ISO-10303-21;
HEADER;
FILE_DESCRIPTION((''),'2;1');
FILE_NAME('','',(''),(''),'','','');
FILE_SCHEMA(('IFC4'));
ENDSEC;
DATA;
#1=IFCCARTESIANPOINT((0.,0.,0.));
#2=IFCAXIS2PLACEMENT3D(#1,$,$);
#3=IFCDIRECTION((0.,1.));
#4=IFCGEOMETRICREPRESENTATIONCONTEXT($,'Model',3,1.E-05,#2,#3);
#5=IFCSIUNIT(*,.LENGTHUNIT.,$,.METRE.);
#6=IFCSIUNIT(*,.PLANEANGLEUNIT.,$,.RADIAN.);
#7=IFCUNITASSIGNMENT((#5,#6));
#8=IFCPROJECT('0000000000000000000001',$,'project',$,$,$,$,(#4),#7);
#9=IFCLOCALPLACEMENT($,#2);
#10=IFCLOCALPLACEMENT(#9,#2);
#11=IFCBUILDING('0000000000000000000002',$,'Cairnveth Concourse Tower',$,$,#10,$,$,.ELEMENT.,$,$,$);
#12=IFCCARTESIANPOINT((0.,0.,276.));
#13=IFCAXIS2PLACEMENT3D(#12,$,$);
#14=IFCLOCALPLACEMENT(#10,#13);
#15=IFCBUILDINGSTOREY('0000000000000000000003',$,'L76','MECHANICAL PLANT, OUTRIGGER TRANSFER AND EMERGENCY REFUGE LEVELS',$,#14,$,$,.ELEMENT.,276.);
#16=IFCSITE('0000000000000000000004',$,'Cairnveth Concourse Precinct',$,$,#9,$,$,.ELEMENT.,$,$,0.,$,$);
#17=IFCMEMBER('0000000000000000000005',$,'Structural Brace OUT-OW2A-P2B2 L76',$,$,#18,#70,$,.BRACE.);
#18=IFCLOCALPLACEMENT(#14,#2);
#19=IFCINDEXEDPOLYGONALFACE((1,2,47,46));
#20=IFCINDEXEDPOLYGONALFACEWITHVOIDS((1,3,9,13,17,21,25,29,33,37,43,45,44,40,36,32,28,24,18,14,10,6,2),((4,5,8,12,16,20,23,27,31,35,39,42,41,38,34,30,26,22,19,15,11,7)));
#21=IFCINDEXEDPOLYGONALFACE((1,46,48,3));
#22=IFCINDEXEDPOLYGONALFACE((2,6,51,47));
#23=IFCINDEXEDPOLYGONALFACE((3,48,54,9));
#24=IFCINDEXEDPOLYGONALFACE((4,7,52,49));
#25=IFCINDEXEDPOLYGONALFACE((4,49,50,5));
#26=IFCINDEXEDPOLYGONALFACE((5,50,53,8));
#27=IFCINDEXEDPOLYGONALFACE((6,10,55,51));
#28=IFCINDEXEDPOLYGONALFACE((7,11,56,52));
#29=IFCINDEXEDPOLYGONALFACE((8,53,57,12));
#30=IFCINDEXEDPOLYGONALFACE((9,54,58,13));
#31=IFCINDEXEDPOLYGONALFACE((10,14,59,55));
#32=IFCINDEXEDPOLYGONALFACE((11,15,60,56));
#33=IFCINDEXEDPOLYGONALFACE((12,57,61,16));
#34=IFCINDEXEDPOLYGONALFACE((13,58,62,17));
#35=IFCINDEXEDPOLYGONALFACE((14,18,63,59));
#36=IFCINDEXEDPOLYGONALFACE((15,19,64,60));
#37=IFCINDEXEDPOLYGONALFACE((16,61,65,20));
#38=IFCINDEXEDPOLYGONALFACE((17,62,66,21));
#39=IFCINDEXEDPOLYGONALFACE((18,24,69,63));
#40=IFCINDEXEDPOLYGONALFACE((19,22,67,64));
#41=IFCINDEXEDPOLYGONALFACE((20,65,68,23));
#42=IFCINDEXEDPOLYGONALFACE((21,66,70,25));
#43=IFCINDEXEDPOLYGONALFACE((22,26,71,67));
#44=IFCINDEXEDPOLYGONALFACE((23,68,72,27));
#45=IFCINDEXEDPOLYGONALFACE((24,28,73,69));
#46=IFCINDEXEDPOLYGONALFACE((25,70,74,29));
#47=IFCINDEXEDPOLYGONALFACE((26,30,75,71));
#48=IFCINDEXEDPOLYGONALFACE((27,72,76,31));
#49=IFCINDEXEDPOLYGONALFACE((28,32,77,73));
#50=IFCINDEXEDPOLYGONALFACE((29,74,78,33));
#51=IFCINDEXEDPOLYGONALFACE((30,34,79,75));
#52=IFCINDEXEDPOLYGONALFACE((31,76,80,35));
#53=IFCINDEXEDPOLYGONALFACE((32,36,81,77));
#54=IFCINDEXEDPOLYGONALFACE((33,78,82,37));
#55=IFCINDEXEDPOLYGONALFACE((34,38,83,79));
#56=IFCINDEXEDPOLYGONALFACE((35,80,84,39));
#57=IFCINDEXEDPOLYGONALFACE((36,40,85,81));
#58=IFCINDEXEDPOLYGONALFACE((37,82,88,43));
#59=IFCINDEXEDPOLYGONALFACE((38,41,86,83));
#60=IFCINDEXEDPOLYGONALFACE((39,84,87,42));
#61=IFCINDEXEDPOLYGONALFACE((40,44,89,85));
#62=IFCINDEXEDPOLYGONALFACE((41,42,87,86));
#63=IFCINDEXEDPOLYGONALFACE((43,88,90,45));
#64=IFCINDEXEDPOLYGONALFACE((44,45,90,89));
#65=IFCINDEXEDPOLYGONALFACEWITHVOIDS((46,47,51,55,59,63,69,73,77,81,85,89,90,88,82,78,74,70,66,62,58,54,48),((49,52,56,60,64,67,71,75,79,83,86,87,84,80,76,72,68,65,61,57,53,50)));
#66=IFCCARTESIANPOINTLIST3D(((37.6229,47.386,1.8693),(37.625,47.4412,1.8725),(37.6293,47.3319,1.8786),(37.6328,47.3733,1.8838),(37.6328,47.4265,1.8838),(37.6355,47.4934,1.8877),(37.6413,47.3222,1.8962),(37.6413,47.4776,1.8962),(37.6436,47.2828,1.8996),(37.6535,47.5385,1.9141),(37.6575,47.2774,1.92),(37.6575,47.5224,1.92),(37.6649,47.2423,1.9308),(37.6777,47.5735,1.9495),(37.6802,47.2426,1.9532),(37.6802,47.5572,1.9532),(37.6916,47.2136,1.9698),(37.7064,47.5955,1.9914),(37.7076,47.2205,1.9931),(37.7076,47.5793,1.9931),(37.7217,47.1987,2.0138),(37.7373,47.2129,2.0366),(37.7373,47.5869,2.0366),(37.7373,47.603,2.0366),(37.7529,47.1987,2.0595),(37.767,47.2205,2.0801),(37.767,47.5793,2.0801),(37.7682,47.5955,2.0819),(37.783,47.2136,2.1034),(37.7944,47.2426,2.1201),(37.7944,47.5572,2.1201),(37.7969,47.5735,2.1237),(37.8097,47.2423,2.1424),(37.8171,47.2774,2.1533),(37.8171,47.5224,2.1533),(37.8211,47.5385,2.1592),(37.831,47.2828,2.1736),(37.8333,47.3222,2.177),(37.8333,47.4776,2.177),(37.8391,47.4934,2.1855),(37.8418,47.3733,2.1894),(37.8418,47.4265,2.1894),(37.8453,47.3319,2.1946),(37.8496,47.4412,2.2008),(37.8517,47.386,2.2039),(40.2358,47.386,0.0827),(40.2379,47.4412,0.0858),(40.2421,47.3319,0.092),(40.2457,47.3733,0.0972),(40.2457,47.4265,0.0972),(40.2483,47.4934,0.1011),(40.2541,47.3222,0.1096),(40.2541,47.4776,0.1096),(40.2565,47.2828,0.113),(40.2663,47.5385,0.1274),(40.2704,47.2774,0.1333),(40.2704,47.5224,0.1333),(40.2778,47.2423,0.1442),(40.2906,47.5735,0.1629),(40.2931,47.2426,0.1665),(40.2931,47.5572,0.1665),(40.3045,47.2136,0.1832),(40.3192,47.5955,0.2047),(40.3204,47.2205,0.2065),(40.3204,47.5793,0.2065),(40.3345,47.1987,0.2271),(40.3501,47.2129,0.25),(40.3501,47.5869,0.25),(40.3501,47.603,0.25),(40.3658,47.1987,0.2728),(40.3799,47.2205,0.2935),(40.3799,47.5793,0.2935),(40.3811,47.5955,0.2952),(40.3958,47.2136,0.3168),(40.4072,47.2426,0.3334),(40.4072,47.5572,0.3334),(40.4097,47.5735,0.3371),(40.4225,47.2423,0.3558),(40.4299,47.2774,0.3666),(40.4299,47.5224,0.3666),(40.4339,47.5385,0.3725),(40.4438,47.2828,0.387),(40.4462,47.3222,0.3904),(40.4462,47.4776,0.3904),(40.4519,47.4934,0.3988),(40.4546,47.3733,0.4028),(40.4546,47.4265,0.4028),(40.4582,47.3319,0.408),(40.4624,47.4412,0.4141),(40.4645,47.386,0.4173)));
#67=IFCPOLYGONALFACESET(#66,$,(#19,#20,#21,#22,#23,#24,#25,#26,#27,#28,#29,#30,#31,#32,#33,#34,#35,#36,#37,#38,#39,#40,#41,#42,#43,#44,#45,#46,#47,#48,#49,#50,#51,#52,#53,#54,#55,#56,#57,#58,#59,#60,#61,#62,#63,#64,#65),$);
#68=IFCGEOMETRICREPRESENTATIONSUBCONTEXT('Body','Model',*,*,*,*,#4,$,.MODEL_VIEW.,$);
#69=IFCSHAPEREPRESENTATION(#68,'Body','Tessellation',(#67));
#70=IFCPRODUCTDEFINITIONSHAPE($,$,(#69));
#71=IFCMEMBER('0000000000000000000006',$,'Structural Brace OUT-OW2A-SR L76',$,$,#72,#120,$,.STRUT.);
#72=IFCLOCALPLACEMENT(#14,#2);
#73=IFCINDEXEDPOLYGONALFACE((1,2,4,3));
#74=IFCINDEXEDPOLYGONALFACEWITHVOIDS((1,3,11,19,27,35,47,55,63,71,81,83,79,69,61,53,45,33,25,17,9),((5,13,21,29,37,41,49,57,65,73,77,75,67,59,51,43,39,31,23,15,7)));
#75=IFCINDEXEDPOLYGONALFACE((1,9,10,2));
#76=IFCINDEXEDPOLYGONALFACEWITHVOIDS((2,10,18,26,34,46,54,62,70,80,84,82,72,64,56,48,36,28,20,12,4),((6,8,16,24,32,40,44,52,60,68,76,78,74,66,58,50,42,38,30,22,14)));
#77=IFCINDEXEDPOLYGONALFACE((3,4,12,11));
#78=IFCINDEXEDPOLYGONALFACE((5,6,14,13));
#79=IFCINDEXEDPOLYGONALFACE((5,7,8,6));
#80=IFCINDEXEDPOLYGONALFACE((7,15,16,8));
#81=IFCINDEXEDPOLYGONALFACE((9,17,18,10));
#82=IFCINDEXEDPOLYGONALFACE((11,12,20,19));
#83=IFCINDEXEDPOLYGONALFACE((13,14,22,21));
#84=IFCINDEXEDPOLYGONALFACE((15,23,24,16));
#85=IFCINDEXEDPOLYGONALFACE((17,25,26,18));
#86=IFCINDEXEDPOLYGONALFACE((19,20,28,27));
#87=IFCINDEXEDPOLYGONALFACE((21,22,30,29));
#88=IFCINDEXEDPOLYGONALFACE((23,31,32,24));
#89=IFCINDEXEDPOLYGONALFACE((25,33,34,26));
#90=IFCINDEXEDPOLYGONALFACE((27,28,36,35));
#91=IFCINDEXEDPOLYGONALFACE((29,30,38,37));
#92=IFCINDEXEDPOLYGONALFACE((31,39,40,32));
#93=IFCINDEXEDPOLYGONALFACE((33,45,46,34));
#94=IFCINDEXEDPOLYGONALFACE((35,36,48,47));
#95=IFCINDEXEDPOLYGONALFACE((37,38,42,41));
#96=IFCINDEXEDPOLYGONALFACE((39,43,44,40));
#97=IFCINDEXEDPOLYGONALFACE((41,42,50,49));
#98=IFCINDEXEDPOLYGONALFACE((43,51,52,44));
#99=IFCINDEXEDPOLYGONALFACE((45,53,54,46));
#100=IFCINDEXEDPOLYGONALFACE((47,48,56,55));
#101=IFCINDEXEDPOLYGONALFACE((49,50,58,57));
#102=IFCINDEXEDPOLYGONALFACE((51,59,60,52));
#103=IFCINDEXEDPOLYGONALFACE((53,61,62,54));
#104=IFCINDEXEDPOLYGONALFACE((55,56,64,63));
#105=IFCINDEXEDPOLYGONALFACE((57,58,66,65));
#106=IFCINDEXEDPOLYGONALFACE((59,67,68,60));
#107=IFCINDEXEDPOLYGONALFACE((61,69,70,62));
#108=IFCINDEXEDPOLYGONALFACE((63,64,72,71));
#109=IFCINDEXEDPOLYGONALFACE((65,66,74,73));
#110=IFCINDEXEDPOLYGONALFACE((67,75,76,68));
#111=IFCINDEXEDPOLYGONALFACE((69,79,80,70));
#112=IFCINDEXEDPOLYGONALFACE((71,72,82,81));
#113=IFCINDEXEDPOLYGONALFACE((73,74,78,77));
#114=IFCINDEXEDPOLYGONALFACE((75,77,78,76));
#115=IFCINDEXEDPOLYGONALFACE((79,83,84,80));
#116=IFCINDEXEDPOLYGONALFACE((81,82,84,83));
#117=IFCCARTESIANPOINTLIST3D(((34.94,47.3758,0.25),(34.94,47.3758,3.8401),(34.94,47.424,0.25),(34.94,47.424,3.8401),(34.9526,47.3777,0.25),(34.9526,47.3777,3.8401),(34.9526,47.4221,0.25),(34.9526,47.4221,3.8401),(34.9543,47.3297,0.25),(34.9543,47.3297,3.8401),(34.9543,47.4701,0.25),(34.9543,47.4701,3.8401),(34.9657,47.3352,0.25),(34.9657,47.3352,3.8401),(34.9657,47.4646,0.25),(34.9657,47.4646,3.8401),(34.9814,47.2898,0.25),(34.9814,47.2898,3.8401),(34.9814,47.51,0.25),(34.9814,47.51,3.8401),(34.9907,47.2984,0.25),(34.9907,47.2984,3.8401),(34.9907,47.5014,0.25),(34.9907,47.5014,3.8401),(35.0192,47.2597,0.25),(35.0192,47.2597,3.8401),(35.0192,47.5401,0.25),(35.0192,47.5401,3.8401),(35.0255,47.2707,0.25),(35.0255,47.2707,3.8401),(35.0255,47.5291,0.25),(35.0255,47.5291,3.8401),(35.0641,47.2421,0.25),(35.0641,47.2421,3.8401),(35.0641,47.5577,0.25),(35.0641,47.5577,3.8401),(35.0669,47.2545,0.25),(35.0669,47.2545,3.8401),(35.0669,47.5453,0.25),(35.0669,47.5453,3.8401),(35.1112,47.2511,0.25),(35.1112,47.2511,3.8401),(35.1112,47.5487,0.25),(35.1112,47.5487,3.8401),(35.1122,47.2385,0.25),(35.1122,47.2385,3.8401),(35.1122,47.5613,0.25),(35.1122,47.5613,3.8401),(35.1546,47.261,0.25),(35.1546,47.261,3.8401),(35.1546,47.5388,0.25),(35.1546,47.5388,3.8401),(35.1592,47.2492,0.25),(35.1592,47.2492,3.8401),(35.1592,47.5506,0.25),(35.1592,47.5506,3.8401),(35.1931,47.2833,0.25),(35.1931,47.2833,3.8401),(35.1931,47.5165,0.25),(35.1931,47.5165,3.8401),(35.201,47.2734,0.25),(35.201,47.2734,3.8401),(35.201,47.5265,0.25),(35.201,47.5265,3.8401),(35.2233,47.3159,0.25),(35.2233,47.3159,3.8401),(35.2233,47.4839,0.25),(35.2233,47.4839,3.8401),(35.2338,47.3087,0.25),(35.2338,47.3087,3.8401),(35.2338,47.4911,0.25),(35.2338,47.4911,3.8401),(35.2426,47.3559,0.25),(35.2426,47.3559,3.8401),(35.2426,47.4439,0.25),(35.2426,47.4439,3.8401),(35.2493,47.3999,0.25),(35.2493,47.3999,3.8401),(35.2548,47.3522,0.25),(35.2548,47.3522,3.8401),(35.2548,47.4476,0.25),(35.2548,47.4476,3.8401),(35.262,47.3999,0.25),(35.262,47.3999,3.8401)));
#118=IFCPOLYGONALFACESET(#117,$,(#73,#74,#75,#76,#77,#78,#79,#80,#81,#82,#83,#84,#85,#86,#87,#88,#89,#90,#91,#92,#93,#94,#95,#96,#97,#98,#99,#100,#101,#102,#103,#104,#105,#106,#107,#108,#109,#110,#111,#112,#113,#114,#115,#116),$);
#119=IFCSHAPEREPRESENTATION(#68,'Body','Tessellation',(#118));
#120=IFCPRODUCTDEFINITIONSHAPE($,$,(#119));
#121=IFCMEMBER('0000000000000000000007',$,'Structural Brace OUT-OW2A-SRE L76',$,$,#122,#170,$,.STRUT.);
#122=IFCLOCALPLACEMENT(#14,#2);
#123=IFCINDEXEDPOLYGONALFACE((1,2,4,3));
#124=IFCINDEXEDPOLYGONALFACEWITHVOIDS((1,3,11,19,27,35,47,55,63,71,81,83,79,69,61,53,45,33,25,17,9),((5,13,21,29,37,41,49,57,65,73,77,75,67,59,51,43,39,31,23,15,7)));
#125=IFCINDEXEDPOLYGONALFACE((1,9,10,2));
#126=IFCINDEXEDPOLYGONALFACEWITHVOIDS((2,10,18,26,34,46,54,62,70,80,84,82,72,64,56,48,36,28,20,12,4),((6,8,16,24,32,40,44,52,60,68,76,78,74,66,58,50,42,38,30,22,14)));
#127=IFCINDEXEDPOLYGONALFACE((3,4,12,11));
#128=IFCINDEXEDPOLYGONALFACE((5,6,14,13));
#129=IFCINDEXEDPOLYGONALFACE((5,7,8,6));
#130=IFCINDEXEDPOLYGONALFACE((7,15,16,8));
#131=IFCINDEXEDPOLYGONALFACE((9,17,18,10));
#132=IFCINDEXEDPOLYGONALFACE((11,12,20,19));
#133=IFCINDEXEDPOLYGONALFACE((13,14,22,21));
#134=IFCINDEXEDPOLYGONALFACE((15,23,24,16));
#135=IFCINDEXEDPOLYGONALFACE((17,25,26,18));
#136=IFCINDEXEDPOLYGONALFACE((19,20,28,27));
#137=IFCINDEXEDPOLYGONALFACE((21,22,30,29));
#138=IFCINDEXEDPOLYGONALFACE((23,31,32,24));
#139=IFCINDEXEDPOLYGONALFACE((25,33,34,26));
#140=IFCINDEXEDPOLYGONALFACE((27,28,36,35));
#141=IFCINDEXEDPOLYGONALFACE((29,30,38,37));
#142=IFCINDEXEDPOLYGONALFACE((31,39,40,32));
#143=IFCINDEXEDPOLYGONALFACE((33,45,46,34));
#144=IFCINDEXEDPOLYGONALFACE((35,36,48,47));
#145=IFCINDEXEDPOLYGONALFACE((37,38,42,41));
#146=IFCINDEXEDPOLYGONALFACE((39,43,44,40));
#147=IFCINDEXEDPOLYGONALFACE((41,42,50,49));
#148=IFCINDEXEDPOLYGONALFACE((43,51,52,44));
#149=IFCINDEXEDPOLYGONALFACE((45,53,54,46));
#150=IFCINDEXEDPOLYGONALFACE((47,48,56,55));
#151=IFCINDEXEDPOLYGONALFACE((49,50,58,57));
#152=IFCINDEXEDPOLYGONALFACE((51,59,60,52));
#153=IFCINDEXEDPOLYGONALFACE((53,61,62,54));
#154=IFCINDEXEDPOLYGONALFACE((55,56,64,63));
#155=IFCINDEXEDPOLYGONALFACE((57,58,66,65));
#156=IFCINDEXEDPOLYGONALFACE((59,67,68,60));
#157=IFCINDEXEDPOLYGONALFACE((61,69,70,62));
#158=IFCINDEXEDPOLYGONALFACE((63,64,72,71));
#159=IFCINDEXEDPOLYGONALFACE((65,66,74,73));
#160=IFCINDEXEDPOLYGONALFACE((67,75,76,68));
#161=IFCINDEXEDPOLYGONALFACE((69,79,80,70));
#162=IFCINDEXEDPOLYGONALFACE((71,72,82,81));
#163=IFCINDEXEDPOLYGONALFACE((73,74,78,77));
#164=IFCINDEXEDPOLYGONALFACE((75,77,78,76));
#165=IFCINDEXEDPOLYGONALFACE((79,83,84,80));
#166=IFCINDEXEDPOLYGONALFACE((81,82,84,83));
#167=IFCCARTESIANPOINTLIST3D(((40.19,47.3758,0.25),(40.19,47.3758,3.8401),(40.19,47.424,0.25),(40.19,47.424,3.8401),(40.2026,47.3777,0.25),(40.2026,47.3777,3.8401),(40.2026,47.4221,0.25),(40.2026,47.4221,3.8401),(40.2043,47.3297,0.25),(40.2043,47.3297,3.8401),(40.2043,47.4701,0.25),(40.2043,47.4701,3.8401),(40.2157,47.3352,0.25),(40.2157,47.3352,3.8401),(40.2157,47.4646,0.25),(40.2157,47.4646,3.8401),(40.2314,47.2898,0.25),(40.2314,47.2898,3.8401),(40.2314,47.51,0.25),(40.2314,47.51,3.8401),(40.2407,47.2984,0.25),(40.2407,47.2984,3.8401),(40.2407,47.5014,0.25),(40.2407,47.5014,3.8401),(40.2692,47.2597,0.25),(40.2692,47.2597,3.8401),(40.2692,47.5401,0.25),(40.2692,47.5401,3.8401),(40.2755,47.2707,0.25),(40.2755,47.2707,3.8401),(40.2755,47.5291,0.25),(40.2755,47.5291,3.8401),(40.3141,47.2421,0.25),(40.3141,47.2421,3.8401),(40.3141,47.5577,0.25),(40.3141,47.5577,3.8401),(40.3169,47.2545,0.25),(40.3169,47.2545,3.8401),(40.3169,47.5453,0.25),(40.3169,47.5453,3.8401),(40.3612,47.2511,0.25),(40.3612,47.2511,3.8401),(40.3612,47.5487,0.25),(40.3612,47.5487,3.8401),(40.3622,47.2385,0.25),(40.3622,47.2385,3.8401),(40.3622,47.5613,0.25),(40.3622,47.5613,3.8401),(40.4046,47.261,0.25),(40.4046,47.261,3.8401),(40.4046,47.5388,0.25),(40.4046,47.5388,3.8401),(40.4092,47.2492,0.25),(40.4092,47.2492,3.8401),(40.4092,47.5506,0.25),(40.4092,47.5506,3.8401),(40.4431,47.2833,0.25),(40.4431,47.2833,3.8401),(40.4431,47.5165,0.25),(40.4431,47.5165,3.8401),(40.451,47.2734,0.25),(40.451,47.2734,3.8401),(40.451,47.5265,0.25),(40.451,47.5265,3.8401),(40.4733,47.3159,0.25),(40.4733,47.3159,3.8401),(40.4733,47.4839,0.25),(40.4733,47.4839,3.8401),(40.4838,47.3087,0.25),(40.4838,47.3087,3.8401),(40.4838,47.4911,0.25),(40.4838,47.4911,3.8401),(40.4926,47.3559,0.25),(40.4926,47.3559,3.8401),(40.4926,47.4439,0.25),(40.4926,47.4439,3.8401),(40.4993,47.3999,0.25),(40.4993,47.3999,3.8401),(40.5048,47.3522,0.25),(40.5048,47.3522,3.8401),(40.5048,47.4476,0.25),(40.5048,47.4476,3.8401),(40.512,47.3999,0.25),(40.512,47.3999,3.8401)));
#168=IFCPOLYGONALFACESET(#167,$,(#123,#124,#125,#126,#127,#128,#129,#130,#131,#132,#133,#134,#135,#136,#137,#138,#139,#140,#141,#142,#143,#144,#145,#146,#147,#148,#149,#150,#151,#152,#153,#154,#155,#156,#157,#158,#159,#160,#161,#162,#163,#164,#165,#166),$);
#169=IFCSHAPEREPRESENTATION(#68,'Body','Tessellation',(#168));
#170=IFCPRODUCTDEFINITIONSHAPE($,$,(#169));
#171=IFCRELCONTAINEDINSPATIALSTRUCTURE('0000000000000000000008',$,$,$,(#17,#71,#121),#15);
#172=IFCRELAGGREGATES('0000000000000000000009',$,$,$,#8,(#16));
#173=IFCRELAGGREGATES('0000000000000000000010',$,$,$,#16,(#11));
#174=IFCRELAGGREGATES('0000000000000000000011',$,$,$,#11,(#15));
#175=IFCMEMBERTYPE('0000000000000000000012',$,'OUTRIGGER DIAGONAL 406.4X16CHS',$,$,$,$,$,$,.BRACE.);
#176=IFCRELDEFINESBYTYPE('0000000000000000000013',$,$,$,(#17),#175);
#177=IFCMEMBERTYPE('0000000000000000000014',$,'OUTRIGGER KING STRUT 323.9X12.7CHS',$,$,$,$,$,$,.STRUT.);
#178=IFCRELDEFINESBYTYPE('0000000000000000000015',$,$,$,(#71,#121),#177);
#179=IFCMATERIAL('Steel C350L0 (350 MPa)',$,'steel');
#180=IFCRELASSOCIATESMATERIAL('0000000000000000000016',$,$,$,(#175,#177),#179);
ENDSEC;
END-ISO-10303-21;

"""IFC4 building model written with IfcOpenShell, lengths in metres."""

from ifc_helpers import new_model, si_unit, direction, frame, origin, origin_2d, place, context, subcontext, project, spatial, hollow_circle, extrude, material, material_profile, profile_set, type_object, element, save


model = new_model("IFC4")

# Units and contexts
model_context = context("Model", 3, precision=1e-05, world=origin(), true_north=direction((0.0, 1.0)))
body_context = subcontext(model_context, "Body", "Model", "MODEL_VIEW")
ifc_project = project(units=[si_unit("LENGTHUNIT", "METRE"), si_unit("PLANEANGLEUNIT", "RADIAN")], contexts=[model_context])

# Site, building, storey
site_placement = place(None, origin())
site = spatial("IfcSite", under=ifc_project, at=site_placement, Name="Cairnveth Concourse Precinct", CompositionType="ELEMENT", RefElevation=0.0)
building_placement = place(site_placement, origin())
building = spatial("IfcBuilding", under=site, at=building_placement, Name="Cairnveth Concourse Tower", CompositionType="ELEMENT")
storey_placement = place(building_placement, frame((0.0, 0.0, 276.0)))
storey = spatial("IfcBuildingStorey", under=building, at=storey_placement, Name="L76", Description="MECHANICAL PLANT, OUTRIGGER TRANSFER AND EMERGENCY REFUGE LEVELS", CompositionType="ELEMENT", Elevation=276.0)

# Members
ifc_material_1 = material(Name="Steel C350L0 (350 MPa)", Category="steel")
ifc_material_profile_1 = material_profile(ifc_material_1, hollow_circle(Radius=0.2031, WallThickness=0.0161, at=origin_2d()), Name="406.4x16.0CHS")
ifc_profile_set_1 = profile_set([ifc_material_profile_1], Name="Steel C350L0 (350 MPa)")
member_type_1 = type_object("IfcMemberType", Name="OUTRIGGER DIAGONAL 406.4X16CHS", PredefinedType="BRACE", material=ifc_profile_set_1)
member_1_placement = place(storey_placement, frame((37.7373, 47.3999, 2.0366), z_axis=(0.825466, 0.0, -0.564452), x_axis=(0.0, 1.0, 0.0)))
element("IfcMember", 1, at=member_1_placement, inside=storey, type_object=member_type_1, Name="Structural Brace OUT-OW2A-P2B2 L76", PredefinedType="BRACE", context=body_context, shape_type="SweptSolid", body=[
    extrude(hollow_circle(Radius=0.2031, WallThickness=0.0161, at=origin_2d()), origin(), (0.0, 0.0, 1.0), 3.1653),
])
ifc_material_profile_2 = material_profile(ifc_material_1, hollow_circle(Radius=0.1619, WallThickness=0.0127, at=origin_2d()), Name="323.9x12.7CHS")
ifc_profile_set_2 = profile_set([ifc_material_profile_2], Name="Steel C350L0 (350 MPa)")
member_type_2 = type_object("IfcMemberType", Name="OUTRIGGER KING STRUT 323.9X12.7CHS", PredefinedType="STRUT", material=ifc_profile_set_2)
for number, where, z_axis, x_axis, name in (
    (2, (35.1001, 47.3999, 0.25), (0.0, 0.0, 1.0), (1.0, 0.0, 0.0), "Structural Brace OUT-OW2A-SR L76"),
    (3, (40.3501, 47.3999, 0.25), (0.0, 0.0, 1.0), (1.0, 0.0, 0.0), "Structural Brace OUT-OW2A-SRE L76"),
):
    element("IfcMember", number, at=place(storey_placement, frame(where, z_axis=z_axis, x_axis=x_axis)), inside=storey, type_object=member_type_2, Name=name, PredefinedType="STRUT", context=body_context, shape_type="SweptSolid", body=[
        extrude(hollow_circle(Radius=0.1619, WallThickness=0.0127, at=origin_2d()), origin(), (0.0, 0.0, 1.0), 3.5901),
    ])

save(model, "model.ifc")
